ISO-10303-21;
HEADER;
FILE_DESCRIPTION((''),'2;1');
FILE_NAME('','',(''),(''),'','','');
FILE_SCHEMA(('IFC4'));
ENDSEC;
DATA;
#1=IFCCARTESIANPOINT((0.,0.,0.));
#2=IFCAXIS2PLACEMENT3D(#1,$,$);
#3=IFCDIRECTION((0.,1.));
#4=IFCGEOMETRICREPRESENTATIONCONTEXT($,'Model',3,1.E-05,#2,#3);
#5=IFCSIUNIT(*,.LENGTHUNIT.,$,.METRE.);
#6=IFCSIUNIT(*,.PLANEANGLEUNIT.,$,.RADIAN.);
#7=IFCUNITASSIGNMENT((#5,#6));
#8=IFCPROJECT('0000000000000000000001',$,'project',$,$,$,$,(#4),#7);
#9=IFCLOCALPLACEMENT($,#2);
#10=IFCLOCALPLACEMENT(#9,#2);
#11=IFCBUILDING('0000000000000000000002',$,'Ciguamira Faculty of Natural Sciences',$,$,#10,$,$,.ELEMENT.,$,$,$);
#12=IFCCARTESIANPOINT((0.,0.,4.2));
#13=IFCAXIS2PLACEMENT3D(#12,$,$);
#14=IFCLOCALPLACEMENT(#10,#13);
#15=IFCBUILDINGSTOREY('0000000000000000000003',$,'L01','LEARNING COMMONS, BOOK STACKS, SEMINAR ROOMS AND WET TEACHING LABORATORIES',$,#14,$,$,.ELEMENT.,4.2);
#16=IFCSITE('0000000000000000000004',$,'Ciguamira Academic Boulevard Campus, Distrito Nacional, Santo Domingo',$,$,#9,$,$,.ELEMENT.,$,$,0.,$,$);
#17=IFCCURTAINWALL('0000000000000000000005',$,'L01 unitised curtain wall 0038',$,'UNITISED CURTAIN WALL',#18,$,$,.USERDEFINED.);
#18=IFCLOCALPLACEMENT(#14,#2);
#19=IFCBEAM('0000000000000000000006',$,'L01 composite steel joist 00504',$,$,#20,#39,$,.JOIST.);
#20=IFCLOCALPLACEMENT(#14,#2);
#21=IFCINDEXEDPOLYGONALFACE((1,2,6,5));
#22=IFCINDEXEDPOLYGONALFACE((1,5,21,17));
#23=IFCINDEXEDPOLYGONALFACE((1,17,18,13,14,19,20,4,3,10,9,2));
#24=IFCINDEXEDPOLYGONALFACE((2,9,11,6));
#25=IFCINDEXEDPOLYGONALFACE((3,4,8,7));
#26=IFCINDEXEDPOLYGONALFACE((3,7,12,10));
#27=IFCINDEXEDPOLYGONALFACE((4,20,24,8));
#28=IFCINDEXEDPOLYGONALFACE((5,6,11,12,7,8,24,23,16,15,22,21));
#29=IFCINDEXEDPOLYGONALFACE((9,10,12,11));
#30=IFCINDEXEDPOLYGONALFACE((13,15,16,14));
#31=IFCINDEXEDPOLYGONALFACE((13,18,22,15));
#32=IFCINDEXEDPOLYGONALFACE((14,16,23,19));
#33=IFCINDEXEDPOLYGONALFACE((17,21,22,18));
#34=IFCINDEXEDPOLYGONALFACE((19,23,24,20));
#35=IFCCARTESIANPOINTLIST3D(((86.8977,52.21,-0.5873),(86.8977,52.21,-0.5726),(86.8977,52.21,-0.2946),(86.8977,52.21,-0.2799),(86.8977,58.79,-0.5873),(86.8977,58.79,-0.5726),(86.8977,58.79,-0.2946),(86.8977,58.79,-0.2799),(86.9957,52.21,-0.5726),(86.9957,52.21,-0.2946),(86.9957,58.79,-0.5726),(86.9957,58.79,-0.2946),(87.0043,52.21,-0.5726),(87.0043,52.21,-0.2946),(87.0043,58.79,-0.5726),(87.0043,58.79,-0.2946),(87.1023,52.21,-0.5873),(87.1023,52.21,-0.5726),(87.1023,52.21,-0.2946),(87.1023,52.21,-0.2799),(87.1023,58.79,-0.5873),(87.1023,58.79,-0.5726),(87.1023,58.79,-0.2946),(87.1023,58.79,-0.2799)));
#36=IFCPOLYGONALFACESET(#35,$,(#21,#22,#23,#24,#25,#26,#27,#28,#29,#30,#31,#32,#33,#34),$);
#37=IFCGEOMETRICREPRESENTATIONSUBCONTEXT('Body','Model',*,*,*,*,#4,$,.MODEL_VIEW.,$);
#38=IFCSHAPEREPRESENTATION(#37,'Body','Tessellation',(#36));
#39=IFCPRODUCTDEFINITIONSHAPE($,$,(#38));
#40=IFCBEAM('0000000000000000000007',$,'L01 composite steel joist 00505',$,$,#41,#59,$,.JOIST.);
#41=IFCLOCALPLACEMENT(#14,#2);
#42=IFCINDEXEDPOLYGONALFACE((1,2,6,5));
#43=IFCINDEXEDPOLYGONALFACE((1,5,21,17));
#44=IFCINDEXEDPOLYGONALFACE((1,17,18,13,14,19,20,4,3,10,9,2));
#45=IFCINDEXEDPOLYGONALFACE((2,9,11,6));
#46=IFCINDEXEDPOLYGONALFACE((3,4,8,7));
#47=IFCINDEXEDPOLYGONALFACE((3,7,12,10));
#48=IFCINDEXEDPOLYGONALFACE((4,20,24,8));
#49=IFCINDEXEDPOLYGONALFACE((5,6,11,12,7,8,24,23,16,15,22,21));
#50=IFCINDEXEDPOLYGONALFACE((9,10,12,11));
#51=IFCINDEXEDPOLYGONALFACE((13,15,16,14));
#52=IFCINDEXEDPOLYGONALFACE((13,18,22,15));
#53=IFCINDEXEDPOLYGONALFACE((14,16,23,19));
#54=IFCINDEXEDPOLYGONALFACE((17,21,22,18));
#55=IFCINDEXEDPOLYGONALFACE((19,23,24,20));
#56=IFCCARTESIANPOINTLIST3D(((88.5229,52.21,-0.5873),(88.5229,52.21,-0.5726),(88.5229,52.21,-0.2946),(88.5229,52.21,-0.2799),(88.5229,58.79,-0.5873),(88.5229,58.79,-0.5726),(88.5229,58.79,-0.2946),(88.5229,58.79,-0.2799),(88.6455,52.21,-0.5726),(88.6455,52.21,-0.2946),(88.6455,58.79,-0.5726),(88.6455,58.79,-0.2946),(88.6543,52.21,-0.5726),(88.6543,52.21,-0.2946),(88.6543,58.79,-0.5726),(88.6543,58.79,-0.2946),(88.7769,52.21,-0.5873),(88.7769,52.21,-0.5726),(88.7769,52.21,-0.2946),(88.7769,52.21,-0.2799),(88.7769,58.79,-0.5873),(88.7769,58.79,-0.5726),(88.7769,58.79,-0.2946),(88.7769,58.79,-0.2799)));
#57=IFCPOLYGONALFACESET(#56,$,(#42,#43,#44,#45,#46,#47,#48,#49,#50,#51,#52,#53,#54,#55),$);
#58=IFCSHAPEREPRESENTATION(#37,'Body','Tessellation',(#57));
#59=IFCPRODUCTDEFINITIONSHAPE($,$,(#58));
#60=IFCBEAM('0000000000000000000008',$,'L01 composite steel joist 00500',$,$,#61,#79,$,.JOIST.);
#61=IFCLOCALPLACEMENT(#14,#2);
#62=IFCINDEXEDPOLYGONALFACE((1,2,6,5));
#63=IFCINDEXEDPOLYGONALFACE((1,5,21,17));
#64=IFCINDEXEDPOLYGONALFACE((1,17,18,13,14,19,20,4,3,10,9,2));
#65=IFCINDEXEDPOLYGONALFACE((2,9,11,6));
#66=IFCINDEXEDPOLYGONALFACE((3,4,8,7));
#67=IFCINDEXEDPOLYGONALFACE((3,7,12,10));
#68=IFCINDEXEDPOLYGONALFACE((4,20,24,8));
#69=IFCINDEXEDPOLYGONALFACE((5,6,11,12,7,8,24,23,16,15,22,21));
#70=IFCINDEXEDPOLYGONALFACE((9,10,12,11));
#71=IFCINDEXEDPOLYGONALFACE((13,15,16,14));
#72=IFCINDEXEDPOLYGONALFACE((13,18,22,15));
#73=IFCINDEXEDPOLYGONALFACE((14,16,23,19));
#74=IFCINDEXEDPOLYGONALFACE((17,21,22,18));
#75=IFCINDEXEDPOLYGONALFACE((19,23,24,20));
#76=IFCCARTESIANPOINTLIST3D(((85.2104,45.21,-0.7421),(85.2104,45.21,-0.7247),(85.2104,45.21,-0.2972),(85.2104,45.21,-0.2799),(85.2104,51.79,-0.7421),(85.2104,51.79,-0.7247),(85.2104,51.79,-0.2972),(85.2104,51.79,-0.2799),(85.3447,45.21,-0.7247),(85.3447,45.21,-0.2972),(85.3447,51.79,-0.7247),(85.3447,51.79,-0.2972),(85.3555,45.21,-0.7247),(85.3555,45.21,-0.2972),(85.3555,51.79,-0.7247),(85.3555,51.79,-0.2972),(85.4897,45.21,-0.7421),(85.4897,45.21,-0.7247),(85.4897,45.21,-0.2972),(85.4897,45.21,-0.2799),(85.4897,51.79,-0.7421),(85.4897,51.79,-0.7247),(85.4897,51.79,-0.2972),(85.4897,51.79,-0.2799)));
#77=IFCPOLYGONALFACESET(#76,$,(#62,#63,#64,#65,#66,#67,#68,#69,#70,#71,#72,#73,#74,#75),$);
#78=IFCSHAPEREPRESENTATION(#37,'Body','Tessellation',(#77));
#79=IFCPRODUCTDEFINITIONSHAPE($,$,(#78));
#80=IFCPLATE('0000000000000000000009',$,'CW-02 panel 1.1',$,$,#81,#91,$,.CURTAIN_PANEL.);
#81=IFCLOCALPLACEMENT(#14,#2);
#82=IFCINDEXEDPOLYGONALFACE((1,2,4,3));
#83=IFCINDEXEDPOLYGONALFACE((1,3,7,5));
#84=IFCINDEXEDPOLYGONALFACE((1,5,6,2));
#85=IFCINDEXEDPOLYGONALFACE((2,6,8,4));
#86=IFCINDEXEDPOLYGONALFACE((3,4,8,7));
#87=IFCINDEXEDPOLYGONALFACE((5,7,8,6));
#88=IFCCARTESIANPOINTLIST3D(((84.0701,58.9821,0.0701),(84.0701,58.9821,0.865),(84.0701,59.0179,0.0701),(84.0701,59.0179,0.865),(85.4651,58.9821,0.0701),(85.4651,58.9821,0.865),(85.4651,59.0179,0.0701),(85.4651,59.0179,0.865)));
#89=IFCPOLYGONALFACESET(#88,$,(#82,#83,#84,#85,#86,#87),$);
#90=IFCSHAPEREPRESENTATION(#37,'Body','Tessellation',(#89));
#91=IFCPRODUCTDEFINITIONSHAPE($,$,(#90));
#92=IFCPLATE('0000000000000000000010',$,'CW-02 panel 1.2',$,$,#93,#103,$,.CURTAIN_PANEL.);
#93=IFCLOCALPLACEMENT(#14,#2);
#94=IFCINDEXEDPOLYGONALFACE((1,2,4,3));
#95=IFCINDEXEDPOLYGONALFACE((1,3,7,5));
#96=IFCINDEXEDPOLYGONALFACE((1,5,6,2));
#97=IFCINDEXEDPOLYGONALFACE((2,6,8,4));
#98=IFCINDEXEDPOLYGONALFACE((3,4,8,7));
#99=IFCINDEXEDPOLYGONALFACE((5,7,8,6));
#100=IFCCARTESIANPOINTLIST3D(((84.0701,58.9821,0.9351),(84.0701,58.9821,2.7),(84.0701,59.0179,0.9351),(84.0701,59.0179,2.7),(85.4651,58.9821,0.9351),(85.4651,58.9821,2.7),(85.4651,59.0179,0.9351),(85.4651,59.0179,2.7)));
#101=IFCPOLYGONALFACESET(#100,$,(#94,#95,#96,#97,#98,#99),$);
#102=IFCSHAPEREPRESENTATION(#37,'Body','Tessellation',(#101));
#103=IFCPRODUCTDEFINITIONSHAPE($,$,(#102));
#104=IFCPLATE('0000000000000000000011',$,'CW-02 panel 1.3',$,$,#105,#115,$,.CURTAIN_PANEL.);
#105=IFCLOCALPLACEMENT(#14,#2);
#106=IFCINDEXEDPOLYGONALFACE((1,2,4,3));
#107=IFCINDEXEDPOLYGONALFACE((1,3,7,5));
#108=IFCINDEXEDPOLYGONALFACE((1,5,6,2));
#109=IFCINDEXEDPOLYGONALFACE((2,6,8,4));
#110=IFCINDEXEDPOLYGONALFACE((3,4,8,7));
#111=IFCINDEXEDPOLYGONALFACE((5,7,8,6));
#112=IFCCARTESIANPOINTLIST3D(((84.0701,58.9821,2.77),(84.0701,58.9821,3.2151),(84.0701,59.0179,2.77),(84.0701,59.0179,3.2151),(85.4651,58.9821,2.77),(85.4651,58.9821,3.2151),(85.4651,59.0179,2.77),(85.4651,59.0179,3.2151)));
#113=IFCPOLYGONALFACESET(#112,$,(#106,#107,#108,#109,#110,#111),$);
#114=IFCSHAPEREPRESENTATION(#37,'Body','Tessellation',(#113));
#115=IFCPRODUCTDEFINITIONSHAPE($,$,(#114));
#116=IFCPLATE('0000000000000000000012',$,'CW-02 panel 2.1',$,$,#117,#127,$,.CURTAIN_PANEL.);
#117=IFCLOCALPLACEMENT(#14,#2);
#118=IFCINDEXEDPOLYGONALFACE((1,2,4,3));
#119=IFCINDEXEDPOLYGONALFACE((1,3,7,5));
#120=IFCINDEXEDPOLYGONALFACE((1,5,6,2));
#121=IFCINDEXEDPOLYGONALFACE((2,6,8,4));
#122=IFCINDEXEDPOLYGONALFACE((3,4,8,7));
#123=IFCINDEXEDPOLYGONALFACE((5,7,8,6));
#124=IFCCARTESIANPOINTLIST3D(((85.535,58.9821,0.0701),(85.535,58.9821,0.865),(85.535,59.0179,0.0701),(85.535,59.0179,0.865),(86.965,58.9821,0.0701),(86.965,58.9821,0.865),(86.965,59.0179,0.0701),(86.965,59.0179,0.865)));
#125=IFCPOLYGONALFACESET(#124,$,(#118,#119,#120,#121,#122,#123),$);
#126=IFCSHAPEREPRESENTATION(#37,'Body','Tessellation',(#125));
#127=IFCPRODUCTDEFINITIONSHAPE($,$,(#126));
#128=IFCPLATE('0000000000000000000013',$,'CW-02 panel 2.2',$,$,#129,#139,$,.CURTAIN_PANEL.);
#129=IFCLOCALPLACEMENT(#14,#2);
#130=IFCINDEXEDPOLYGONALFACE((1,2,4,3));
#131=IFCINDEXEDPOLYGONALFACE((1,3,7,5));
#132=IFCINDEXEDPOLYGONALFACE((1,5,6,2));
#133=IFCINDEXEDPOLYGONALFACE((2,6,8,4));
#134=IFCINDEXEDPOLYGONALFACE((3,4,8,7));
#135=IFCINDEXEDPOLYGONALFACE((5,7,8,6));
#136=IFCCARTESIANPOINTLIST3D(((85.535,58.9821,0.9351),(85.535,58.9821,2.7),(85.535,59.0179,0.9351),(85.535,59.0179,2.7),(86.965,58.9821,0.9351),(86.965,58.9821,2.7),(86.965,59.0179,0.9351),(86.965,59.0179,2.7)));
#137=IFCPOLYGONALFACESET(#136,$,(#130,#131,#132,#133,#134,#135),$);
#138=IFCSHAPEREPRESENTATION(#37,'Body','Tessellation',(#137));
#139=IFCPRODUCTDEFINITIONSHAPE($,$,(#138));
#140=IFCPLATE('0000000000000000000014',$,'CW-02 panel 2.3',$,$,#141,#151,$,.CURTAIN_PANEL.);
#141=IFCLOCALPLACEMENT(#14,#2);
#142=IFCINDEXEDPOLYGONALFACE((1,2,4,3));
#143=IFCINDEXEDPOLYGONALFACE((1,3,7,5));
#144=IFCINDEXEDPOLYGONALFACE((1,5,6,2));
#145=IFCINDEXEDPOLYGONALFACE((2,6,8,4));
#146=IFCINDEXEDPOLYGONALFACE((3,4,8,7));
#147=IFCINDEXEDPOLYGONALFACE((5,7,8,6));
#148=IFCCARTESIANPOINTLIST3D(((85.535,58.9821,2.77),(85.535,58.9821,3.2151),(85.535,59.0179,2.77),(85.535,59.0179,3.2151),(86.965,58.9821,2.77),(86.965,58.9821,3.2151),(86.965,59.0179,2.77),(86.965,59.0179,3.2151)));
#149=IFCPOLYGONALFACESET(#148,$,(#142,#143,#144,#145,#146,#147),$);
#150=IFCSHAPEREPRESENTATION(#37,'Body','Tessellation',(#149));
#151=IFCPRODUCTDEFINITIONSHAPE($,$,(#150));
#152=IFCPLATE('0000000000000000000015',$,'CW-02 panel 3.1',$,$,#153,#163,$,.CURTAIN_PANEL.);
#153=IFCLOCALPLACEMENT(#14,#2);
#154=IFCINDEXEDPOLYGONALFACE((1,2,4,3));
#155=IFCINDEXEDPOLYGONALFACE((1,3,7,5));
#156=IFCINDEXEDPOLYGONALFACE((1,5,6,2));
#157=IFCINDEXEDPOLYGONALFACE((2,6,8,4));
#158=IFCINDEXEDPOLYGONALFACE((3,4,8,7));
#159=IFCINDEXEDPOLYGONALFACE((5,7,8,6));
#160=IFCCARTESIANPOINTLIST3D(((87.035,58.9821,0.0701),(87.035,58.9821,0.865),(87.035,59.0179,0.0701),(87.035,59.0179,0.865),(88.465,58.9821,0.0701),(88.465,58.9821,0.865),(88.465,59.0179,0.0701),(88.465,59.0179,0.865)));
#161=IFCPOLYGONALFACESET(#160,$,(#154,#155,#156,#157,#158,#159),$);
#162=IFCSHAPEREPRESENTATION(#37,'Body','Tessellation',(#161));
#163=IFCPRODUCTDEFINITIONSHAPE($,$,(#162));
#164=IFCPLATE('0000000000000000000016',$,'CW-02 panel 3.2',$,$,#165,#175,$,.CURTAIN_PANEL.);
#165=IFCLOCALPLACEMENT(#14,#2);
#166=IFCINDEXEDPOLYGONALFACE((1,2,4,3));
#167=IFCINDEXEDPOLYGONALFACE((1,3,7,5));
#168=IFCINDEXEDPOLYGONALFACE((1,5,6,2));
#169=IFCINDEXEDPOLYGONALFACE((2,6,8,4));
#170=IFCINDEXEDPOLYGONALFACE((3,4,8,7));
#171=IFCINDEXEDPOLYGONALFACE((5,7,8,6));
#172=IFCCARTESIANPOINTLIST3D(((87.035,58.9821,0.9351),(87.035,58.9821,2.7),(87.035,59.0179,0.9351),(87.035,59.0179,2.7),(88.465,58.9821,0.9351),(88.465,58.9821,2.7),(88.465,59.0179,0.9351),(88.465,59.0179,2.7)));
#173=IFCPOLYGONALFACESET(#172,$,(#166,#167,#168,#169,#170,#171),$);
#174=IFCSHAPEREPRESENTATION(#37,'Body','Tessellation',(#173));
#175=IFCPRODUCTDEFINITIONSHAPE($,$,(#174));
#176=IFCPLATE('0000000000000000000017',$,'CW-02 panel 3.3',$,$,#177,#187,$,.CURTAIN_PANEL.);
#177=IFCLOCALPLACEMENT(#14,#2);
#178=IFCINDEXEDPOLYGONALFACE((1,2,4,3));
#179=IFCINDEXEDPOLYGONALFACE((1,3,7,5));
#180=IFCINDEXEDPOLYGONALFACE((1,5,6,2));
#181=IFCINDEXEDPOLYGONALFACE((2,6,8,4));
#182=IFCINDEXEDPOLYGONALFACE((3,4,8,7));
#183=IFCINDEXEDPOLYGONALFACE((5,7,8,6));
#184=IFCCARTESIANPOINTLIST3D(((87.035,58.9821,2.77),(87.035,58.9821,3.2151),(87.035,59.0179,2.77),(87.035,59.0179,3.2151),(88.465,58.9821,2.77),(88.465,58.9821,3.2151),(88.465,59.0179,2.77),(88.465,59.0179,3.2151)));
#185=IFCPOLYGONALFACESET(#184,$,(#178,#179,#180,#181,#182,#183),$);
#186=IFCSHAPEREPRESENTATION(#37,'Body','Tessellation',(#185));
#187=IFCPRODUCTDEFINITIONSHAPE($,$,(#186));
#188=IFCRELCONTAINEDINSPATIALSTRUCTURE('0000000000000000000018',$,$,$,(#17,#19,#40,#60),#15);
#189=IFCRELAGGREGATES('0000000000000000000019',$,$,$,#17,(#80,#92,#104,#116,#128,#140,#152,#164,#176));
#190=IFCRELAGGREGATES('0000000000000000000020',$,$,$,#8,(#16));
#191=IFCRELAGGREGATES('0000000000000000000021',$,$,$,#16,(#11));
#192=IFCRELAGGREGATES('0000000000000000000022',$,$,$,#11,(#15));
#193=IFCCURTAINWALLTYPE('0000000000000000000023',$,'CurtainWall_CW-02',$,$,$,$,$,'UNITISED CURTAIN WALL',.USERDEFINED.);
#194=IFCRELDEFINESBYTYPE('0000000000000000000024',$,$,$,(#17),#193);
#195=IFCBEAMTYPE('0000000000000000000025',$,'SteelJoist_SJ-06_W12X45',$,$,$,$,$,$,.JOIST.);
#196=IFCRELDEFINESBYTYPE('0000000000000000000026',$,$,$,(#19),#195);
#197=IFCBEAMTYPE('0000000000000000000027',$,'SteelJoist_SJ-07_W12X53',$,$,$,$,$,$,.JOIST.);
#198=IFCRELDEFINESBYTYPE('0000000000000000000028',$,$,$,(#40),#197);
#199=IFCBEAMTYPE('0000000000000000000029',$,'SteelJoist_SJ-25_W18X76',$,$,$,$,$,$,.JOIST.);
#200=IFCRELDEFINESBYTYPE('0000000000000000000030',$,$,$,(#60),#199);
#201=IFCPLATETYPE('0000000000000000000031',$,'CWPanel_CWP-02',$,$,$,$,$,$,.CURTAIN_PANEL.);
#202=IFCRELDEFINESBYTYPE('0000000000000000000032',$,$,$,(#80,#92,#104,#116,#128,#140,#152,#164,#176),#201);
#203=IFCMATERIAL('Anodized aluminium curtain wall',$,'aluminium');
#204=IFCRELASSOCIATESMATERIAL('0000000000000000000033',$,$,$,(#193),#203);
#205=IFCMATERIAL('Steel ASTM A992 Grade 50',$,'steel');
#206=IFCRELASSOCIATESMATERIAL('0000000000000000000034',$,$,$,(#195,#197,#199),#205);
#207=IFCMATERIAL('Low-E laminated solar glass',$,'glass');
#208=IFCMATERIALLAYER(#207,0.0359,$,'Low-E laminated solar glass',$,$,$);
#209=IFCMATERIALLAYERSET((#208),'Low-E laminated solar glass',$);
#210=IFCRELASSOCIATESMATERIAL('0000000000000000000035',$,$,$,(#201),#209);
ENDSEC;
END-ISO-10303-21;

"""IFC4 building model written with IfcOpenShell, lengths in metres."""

from ifc_helpers import new_model, si_unit, direction, frame, origin, origin_2d, place, context, subcontext, project, spatial, rectangle, i_section, extrude, material, layer, layer_set, material_profile, profile_set, type_object, element, aggregate, save


model = new_model("IFC4")

# Units and contexts
model_context = context("Model", 3, precision=1e-05, world=origin(), true_north=direction((0.0, 1.0)))
body_context = subcontext(model_context, "Body", "Model", "MODEL_VIEW")
ifc_project = project(units=[si_unit("LENGTHUNIT", "METRE"), si_unit("PLANEANGLEUNIT", "RADIAN")], contexts=[model_context])

# Site, building, storey
site_placement = place(None, origin())
site = spatial("IfcSite", under=ifc_project, at=site_placement, Name="Ciguamira Academic Boulevard Campus, Distrito Nacional, Santo Domingo", CompositionType="ELEMENT", RefElevation=0.0)
building_placement = place(site_placement, origin())
building = spatial("IfcBuilding", under=site, at=building_placement, Name="Ciguamira Faculty of Natural Sciences", CompositionType="ELEMENT")
storey_placement = place(building_placement, frame((0.0, 0.0, 4.2)))
storey = spatial("IfcBuildingStorey", under=building, at=storey_placement, Name="L01", Description="LEARNING COMMONS, BOOK STACKS, SEMINAR ROOMS AND WET TEACHING LABORATORIES", CompositionType="ELEMENT", Elevation=4.2)

# Curtain wall
ifc_material_1 = material(Name="Anodized aluminium curtain wall", Category="aluminium")
curtain_wall_type = type_object("IfcCurtainWallType", Name="CurtainWall_CW-02", ElementType="UNITISED CURTAIN WALL", PredefinedType="USERDEFINED", material=ifc_material_1)
curtain_wall_placement = place(storey_placement, origin())
curtain_wall = element("IfcCurtainWall", 1, at=curtain_wall_placement, inside=storey, type_object=curtain_wall_type, Name="L01 unitised curtain wall 0038", ObjectType="UNITISED CURTAIN WALL", PredefinedType="USERDEFINED")

# Beams
ifc_material_2 = material(Name="Steel ASTM A992 Grade 50", Category="steel")
ifc_material_profile_1 = material_profile(ifc_material_2, i_section(OverallWidth=0.2046, OverallDepth=0.3074, WebThickness=0.0085, FlangeThickness=0.0146, at=origin_2d()), Name="W12X45")
ifc_profile_set_1 = profile_set([ifc_material_profile_1], Name="Steel ASTM A992 Grade 50")
beam_type_1 = type_object("IfcBeamType", Name="SteelJoist_SJ-06_W12X45", PredefinedType="JOIST", material=ifc_profile_set_1)
beam_1_placement = place(storey_placement, frame((87.0, 52.21, -0.4336), z_axis=(0.0, 1.0, 0.0), x_axis=(-1.0, 0.0, 0.0)))
element("IfcBeam", 2, at=beam_1_placement, inside=storey, type_object=beam_type_1, Name="L01 composite steel joist 00504", PredefinedType="JOIST", context=body_context, shape_type="SweptSolid", body=[
    extrude(i_section(OverallWidth=0.2046, OverallDepth=0.3074, WebThickness=0.0085, FlangeThickness=0.0146, at=origin_2d()), origin(), (0.0, 0.0, 1.0), 6.5801),
])
ifc_material_profile_2 = material_profile(ifc_material_2, i_section(OverallWidth=0.2539, OverallDepth=0.3074, WebThickness=0.0088, FlangeThickness=0.0146, at=origin_2d()), Name="W12X53")
ifc_profile_set_2 = profile_set([ifc_material_profile_2], Name="Steel ASTM A992 Grade 50")
beam_type_2 = type_object("IfcBeamType", Name="SteelJoist_SJ-07_W12X53", PredefinedType="JOIST", material=ifc_profile_set_2)
beam_2_placement = place(storey_placement, frame((88.6499, 52.21, -0.4336), z_axis=(0.0, 1.0, 0.0), x_axis=(-1.0, 0.0, 0.0)))
element("IfcBeam", 3, at=beam_2_placement, inside=storey, type_object=beam_type_2, Name="L01 composite steel joist 00505", PredefinedType="JOIST", context=body_context, shape_type="SweptSolid", body=[
    extrude(i_section(OverallWidth=0.2539, OverallDepth=0.3074, WebThickness=0.0088, FlangeThickness=0.0146, at=origin_2d()), origin(), (0.0, 0.0, 1.0), 6.5801),
])
ifc_material_profile_3 = material_profile(ifc_material_2, i_section(OverallWidth=0.2793, OverallDepth=0.4622, WebThickness=0.0107, FlangeThickness=0.0173, at=origin_2d()), Name="W18X76")
ifc_profile_set_3 = profile_set([ifc_material_profile_3], Name="Steel ASTM A992 Grade 50")
beam_type_3 = type_object("IfcBeamType", Name="SteelJoist_SJ-25_W18X76", PredefinedType="JOIST", material=ifc_profile_set_3)
beam_3_placement = place(storey_placement, frame((85.3501, 45.21, -0.511), z_axis=(0.0, 1.0, 0.0), x_axis=(-1.0, 0.0, 0.0)))
element("IfcBeam", 4, at=beam_3_placement, inside=storey, type_object=beam_type_3, Name="L01 composite steel joist 00500", PredefinedType="JOIST", context=body_context, shape_type="SweptSolid", body=[
    extrude(i_section(OverallWidth=0.2793, OverallDepth=0.4622, WebThickness=0.0107, FlangeThickness=0.0173, at=origin_2d()), origin(), (0.0, 0.0, 1.0), 6.5801),
])

# Plates
ifc_material_3 = material(Name="Low-E laminated solar glass", Category="glass")
ifc_layer = layer(ifc_material_3, 0.0359, Name="Low-E laminated solar glass")
ifc_layer_set = layer_set([ifc_layer], Name="Low-E laminated solar glass")
plate_type = type_object("IfcPlateType", Name="CWPanel_CWP-02", PredefinedType="CURTAIN_PANEL", material=ifc_layer_set)
plate_1_placement = place(storey_placement, frame((84.7676, 59.0, 0.0701), z_axis=(0.0, 0.0, 1.0), x_axis=(1.0, 0.0, 0.0)))
plate_1 = element("IfcPlate", 5, at=plate_1_placement, type_object=plate_type, Name="CW-02 panel 1.1", PredefinedType="CURTAIN_PANEL", context=body_context, shape_type="SweptSolid", body=[
    extrude(rectangle(XDim=1.395, YDim=0.0359, at=origin_2d()), origin(), (0.0, 0.0, 1.0), 0.7949),
])
plate_2_placement = place(storey_placement, frame((84.7676, 59.0, 0.9351), z_axis=(0.0, 0.0, 1.0), x_axis=(1.0, 0.0, 0.0)))
plate_2 = element("IfcPlate", 6, at=plate_2_placement, type_object=plate_type, Name="CW-02 panel 1.2", PredefinedType="CURTAIN_PANEL", context=body_context, shape_type="SweptSolid", body=[
    extrude(rectangle(XDim=1.395, YDim=0.0359, at=origin_2d()), origin(), (0.0, 0.0, 1.0), 1.7649),
])
plate_3_placement = place(storey_placement, frame((84.7676, 59.0, 2.77), z_axis=(0.0, 0.0, 1.0), x_axis=(1.0, 0.0, 0.0)))
plate_3 = element("IfcPlate", 7, at=plate_3_placement, type_object=plate_type, Name="CW-02 panel 1.3", PredefinedType="CURTAIN_PANEL", context=body_context, shape_type="SweptSolid", body=[
    extrude(rectangle(XDim=1.395, YDim=0.0359, at=origin_2d()), origin(), (0.0, 0.0, 1.0), 0.4451),
])
plate_4_placement = place(storey_placement, frame((86.25, 59.0, 0.0701), z_axis=(0.0, 0.0, 1.0), x_axis=(1.0, 0.0, 0.0)))
plate_4 = element("IfcPlate", 8, at=plate_4_placement, type_object=plate_type, Name="CW-02 panel 2.1", PredefinedType="CURTAIN_PANEL", context=body_context, shape_type="SweptSolid", body=[
    extrude(rectangle(XDim=1.4299, YDim=0.0359, at=origin_2d()), origin(), (0.0, 0.0, 1.0), 0.7949),
])
plate_5_placement = place(storey_placement, frame((86.25, 59.0, 0.9351), z_axis=(0.0, 0.0, 1.0), x_axis=(1.0, 0.0, 0.0)))
plate_5 = element("IfcPlate", 9, at=plate_5_placement, type_object=plate_type, Name="CW-02 panel 2.2", PredefinedType="CURTAIN_PANEL", context=body_context, shape_type="SweptSolid", body=[
    extrude(rectangle(XDim=1.4299, YDim=0.0359, at=origin_2d()), origin(), (0.0, 0.0, 1.0), 1.7649),
])
plate_6_placement = place(storey_placement, frame((86.25, 59.0, 2.77), z_axis=(0.0, 0.0, 1.0), x_axis=(1.0, 0.0, 0.0)))
plate_6 = element("IfcPlate", 10, at=plate_6_placement, type_object=plate_type, Name="CW-02 panel 2.3", PredefinedType="CURTAIN_PANEL", context=body_context, shape_type="SweptSolid", body=[
    extrude(rectangle(XDim=1.4299, YDim=0.0359, at=origin_2d()), origin(), (0.0, 0.0, 1.0), 0.4451),
])
plate_7_placement = place(storey_placement, frame((87.75, 59.0, 0.0701), z_axis=(0.0, 0.0, 1.0), x_axis=(1.0, 0.0, 0.0)))
plate_7 = element("IfcPlate", 11, at=plate_7_placement, type_object=plate_type, Name="CW-02 panel 3.1", PredefinedType="CURTAIN_PANEL", context=body_context, shape_type="SweptSolid", body=[
    extrude(rectangle(XDim=1.4299, YDim=0.0359, at=origin_2d()), origin(), (0.0, 0.0, 1.0), 0.7949),
])
plate_8_placement = place(storey_placement, frame((87.75, 59.0, 0.9351), z_axis=(0.0, 0.0, 1.0), x_axis=(1.0, 0.0, 0.0)))
plate_8 = element("IfcPlate", 12, at=plate_8_placement, type_object=plate_type, Name="CW-02 panel 3.2", PredefinedType="CURTAIN_PANEL", context=body_context, shape_type="SweptSolid", body=[
    extrude(rectangle(XDim=1.4299, YDim=0.0359, at=origin_2d()), origin(), (0.0, 0.0, 1.0), 1.7649),
])
plate_9_placement = place(storey_placement, frame((87.75, 59.0, 2.77), z_axis=(0.0, 0.0, 1.0), x_axis=(1.0, 0.0, 0.0)))
plate_9 = element("IfcPlate", 13, at=plate_9_placement, type_object=plate_type, Name="CW-02 panel 3.3", PredefinedType="CURTAIN_PANEL", context=body_context, shape_type="SweptSolid", body=[
    extrude(rectangle(XDim=1.4299, YDim=0.0359, at=origin_2d()), origin(), (0.0, 0.0, 1.0), 0.4451),
])
aggregate(curtain_wall, [plate_1, plate_2, plate_3, plate_4, plate_5, plate_6, plate_7, plate_8, plate_9])

save(model, "model.ifc")
